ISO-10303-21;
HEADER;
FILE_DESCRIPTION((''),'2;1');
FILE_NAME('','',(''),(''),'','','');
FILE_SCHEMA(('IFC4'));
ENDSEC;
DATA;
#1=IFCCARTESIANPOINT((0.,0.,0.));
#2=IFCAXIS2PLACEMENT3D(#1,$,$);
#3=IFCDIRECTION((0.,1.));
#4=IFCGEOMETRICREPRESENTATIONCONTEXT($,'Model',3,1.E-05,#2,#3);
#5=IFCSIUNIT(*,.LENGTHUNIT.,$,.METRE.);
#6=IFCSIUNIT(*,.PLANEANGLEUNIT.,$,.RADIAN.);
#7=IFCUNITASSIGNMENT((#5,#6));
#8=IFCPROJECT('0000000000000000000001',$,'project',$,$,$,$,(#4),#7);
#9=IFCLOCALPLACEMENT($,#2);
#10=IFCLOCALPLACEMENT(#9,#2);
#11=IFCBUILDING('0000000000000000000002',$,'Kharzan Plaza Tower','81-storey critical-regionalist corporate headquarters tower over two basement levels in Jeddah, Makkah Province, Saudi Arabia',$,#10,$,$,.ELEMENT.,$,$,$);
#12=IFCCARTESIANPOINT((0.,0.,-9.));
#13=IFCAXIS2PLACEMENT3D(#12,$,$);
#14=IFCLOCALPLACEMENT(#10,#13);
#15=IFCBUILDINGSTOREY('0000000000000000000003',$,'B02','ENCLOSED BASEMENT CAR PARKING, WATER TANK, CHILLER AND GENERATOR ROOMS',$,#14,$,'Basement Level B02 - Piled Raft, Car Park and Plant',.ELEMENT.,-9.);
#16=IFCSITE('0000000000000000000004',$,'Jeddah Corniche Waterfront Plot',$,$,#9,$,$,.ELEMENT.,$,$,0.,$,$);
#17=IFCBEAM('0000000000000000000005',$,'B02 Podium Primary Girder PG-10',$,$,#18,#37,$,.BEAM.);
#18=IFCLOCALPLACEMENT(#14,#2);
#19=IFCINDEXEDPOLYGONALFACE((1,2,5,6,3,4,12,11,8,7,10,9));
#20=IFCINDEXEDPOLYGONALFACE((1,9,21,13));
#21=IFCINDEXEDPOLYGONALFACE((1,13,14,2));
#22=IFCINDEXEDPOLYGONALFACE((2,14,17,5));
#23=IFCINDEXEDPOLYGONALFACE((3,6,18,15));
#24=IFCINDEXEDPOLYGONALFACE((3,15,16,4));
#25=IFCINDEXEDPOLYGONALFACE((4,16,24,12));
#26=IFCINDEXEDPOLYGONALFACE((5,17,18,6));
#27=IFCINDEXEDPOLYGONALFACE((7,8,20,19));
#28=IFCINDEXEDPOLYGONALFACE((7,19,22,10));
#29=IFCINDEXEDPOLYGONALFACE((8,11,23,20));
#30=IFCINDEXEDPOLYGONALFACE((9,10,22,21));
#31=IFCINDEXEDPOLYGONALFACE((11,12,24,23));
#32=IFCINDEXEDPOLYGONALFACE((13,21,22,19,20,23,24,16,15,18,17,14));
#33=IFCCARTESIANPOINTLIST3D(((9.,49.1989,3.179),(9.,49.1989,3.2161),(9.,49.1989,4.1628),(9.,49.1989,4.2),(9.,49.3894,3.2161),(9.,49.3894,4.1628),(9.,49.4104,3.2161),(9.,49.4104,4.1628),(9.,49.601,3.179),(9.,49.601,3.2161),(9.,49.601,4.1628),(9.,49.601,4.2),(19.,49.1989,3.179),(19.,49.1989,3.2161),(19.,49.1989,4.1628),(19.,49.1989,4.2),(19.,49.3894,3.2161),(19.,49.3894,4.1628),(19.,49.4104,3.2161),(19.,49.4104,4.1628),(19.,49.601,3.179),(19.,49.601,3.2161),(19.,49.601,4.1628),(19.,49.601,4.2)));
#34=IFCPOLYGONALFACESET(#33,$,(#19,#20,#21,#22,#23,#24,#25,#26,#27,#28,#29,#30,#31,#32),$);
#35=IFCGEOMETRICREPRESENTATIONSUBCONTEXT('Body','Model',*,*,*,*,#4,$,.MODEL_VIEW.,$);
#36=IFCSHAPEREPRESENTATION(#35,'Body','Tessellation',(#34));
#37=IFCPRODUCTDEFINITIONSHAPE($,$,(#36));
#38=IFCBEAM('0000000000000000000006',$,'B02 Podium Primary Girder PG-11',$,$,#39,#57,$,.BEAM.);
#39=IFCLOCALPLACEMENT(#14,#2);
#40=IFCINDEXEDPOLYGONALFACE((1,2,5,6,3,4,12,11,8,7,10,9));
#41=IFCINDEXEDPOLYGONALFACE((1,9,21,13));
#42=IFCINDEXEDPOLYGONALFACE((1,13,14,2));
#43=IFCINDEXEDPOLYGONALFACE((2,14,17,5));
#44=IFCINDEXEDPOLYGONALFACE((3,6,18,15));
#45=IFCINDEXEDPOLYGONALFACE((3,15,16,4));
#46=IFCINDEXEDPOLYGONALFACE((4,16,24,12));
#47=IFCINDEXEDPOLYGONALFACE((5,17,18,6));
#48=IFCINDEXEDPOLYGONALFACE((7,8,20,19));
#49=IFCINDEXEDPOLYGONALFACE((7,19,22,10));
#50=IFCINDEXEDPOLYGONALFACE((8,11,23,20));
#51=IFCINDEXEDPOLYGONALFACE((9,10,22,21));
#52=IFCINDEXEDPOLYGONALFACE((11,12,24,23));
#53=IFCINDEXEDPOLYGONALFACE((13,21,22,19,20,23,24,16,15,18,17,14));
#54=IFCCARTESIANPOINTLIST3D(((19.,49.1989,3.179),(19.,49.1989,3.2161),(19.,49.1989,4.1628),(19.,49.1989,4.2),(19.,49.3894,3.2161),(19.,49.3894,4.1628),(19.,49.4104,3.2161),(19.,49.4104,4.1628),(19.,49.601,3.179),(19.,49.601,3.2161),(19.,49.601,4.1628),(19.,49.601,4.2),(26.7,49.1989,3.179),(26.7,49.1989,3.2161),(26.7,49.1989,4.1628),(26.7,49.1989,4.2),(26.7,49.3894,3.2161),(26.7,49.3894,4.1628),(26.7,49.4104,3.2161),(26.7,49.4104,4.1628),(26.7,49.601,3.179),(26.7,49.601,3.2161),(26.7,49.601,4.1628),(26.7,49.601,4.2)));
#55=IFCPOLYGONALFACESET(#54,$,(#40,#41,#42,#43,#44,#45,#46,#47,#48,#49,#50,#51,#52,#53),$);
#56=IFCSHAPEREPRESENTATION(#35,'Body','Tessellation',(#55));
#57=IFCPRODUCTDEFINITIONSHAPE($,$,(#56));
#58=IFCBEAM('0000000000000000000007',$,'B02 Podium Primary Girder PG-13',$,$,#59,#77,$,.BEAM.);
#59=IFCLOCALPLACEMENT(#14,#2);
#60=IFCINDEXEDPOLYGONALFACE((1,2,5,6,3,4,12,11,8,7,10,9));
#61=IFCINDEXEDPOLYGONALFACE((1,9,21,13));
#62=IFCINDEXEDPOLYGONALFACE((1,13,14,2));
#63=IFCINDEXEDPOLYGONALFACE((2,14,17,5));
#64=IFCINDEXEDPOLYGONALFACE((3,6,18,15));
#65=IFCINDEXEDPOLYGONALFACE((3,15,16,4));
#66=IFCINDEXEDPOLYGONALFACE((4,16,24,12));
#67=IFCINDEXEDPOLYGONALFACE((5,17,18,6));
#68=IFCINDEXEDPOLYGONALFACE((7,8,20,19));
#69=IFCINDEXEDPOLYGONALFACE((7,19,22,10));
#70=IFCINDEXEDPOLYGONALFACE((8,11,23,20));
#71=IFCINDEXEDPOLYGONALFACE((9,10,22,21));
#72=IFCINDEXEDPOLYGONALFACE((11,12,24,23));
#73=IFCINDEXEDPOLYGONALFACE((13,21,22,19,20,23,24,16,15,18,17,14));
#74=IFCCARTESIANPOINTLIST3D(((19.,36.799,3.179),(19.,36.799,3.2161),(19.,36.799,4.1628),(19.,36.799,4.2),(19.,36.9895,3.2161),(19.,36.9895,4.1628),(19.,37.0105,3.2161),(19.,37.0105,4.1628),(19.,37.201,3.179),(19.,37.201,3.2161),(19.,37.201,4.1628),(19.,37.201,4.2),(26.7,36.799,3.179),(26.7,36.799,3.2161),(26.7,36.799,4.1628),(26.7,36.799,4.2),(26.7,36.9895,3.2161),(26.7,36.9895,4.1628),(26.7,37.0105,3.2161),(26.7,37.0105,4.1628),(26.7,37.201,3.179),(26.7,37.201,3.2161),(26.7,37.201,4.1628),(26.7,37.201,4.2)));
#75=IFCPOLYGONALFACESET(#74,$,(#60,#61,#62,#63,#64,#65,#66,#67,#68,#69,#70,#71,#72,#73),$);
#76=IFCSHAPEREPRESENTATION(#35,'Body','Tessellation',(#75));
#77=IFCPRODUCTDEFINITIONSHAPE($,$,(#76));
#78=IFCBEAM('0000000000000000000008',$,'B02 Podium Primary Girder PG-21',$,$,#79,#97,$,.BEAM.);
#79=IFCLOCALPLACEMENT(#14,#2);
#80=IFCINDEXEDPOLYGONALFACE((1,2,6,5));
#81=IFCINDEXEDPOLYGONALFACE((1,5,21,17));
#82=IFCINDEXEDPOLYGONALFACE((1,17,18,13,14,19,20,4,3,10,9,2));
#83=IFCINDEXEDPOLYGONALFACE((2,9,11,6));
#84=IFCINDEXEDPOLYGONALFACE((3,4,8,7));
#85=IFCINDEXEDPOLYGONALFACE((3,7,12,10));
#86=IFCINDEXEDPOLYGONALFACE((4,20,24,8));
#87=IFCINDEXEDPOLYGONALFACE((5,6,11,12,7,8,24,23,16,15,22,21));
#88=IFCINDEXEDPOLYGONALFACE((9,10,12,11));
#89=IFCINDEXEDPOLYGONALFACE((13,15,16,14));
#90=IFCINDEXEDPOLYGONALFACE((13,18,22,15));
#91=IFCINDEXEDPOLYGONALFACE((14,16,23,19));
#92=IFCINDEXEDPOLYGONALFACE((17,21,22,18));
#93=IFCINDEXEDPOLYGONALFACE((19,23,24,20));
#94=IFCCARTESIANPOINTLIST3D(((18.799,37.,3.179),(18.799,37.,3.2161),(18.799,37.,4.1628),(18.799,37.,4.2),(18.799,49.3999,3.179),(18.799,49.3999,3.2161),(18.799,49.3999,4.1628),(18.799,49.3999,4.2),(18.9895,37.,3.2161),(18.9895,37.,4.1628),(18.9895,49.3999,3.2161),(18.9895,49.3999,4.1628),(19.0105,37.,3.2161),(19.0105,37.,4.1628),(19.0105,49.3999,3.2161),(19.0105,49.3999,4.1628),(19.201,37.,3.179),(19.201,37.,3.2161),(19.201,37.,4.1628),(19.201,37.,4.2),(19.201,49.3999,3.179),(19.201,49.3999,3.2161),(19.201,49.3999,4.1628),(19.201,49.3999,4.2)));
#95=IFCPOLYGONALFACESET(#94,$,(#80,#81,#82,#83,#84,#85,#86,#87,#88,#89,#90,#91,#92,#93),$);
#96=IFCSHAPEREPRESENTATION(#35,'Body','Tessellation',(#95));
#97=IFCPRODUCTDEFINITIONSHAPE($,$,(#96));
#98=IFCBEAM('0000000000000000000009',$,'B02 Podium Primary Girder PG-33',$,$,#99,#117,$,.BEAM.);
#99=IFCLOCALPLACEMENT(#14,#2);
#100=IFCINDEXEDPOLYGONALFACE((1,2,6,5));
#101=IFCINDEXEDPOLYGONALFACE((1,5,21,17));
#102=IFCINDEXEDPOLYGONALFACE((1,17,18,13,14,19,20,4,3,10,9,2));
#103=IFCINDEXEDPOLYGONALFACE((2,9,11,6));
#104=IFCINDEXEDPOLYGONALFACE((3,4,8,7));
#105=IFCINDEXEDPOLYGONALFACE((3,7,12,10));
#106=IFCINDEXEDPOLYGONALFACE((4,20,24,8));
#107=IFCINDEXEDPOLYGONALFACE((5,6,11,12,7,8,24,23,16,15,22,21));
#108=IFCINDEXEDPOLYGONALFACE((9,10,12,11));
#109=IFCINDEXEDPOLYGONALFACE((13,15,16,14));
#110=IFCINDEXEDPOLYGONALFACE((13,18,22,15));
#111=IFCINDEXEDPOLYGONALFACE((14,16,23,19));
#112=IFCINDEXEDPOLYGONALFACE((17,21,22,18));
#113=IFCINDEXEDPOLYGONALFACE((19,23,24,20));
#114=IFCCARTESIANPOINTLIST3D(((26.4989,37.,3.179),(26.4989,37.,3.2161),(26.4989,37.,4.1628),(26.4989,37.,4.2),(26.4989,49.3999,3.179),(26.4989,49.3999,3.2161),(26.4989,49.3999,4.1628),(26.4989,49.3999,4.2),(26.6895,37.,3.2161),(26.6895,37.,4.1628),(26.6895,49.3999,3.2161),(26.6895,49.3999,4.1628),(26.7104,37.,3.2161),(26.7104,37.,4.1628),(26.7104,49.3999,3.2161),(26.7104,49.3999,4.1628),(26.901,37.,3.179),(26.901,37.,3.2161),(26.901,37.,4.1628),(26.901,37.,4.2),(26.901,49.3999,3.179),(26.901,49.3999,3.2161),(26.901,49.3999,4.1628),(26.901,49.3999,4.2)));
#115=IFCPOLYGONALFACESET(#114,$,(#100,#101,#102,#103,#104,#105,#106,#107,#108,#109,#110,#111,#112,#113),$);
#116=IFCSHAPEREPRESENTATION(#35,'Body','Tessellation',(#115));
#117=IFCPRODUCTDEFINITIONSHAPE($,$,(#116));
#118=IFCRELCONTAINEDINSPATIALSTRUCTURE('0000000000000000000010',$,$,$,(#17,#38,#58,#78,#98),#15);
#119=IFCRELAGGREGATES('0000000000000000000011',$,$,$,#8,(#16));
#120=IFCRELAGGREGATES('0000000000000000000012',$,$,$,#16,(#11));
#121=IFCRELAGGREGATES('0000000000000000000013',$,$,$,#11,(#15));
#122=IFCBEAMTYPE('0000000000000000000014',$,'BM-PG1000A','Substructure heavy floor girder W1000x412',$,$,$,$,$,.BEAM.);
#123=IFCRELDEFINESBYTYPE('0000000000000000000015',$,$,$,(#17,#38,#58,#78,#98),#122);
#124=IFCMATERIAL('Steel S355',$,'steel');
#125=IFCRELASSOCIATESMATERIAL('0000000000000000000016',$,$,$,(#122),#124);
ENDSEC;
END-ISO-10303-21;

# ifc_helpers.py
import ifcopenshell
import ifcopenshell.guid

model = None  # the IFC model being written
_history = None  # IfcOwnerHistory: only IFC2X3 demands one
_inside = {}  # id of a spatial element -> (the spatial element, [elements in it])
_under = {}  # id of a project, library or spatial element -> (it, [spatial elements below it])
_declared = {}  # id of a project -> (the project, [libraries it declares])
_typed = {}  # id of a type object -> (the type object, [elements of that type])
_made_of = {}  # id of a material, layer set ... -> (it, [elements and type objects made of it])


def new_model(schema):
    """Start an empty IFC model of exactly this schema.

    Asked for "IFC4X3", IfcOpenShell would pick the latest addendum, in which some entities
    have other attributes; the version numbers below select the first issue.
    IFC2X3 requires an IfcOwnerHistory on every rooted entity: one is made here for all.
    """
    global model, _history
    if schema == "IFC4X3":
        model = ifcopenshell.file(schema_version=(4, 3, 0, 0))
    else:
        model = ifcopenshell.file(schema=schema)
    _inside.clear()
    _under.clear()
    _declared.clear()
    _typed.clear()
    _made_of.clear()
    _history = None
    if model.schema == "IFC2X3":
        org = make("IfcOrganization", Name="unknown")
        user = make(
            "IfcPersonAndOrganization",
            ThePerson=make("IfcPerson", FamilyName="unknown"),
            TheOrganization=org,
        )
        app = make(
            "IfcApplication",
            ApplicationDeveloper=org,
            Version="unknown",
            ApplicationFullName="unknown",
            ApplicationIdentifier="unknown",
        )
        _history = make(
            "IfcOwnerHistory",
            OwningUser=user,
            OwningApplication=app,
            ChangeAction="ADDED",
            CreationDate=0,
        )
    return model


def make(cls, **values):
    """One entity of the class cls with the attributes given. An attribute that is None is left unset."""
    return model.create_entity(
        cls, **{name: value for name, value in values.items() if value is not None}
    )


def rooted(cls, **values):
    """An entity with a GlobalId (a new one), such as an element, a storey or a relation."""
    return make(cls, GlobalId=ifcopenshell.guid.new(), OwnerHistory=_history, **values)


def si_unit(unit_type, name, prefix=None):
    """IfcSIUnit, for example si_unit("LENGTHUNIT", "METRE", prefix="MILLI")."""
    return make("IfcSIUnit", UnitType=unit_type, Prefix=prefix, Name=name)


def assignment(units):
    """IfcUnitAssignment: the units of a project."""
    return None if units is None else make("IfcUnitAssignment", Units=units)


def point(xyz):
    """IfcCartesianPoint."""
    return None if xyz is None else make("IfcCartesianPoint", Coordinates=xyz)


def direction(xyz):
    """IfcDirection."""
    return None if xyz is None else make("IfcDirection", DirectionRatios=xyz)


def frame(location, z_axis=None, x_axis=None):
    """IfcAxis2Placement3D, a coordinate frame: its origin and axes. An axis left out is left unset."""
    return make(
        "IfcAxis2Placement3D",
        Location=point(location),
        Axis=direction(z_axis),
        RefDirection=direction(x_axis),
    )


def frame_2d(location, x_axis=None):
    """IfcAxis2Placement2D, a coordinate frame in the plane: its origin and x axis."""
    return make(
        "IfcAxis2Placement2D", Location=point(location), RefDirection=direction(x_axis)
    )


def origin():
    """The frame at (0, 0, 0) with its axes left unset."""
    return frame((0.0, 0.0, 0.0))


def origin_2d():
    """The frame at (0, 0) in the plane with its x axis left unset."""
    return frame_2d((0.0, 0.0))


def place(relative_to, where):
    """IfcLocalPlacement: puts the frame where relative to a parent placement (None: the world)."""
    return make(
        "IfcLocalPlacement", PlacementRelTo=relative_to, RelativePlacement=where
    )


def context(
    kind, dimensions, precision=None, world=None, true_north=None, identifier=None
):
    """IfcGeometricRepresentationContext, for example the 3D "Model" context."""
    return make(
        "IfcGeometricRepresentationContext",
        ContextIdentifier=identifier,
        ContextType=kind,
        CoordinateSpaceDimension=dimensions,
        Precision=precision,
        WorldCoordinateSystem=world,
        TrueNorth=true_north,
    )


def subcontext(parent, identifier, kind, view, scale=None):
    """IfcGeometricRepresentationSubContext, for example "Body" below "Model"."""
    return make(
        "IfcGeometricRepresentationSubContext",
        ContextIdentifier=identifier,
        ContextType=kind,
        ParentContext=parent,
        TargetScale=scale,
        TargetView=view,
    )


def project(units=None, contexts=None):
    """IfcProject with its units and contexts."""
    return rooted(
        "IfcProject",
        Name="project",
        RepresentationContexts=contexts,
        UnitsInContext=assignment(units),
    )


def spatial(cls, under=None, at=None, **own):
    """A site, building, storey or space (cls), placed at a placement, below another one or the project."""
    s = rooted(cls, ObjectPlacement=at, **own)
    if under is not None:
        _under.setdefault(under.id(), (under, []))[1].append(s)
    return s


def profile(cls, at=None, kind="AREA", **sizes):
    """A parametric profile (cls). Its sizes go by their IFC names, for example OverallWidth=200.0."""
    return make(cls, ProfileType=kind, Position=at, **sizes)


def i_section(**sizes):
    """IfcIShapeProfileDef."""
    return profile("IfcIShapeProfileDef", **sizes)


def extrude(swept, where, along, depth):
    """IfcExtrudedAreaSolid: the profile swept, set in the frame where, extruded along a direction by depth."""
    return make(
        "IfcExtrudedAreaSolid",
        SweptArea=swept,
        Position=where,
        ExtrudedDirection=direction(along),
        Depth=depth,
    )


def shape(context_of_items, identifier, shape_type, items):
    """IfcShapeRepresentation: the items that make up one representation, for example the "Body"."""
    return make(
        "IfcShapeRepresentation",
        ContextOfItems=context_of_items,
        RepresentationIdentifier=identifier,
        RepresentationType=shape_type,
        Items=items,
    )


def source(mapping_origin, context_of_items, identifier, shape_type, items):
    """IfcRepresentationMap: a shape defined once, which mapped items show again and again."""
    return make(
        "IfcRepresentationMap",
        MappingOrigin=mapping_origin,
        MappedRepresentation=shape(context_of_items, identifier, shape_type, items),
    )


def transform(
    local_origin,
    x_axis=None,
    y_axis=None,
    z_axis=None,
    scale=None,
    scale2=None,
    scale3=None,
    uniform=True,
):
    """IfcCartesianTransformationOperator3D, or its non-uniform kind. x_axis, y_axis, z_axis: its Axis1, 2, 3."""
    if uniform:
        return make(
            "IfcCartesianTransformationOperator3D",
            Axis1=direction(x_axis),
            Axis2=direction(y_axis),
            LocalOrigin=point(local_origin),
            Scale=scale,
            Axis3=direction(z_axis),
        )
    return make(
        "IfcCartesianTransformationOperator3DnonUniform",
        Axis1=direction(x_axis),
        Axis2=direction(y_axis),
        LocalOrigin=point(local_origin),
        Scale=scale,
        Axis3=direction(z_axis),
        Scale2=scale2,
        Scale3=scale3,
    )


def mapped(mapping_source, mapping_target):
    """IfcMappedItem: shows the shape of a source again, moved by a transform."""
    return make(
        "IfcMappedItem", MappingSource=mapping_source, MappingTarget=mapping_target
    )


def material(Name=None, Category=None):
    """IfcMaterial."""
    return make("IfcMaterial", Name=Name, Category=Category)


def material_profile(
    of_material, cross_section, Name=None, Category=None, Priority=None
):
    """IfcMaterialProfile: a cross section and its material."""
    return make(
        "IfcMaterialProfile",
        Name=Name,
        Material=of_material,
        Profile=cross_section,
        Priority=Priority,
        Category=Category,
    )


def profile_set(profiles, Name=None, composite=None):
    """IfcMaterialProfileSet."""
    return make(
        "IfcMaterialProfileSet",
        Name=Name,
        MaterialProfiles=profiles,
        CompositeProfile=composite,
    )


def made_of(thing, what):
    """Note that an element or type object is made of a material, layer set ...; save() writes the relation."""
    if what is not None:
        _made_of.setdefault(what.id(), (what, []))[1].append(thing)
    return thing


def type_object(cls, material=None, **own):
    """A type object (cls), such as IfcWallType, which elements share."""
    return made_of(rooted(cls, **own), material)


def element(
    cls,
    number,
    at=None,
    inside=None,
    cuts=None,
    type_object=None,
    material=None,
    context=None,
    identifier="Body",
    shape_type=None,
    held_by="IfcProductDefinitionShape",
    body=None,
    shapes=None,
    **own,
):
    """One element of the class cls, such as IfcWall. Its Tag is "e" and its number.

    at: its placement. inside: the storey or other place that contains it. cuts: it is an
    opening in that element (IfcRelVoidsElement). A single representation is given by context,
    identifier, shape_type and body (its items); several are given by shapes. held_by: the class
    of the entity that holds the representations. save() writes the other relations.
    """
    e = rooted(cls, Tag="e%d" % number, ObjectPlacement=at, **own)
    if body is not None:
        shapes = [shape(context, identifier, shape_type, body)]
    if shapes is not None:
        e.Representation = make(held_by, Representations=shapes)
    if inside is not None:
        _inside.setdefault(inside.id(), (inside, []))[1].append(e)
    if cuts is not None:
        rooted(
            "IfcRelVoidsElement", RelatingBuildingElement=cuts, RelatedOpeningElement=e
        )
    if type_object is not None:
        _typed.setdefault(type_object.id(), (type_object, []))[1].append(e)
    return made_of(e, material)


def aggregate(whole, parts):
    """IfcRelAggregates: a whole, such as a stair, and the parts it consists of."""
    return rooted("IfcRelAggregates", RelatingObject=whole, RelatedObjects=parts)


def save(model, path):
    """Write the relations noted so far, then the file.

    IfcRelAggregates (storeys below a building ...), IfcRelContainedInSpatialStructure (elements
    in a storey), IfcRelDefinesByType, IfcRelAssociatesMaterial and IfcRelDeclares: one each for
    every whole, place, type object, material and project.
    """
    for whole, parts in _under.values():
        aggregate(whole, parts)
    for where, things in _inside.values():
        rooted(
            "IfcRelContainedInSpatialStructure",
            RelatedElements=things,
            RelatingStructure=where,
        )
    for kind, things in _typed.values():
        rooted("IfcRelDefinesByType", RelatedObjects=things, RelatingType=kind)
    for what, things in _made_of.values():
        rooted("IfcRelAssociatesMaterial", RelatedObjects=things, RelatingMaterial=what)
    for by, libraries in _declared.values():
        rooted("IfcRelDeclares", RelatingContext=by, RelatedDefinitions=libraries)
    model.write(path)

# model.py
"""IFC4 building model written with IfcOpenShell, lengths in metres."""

from ifc_helpers import new_model, si_unit, direction, frame, origin, origin_2d, place, context, subcontext, project, spatial, i_section, extrude, source, transform, mapped, material, material_profile, profile_set, type_object, element, save


model = new_model("IFC4")

# Units and contexts
model_context = context("Model", 3, precision=1e-05, world=origin(), true_north=direction((0.0, 1.0)))
body_context = subcontext(model_context, "Body", "Model", "MODEL_VIEW")
ifc_project = project(units=[si_unit("LENGTHUNIT", "METRE"), si_unit("PLANEANGLEUNIT", "RADIAN")], contexts=[model_context])

# Site, building, storey
site_placement = place(None, origin())
site = spatial("IfcSite", under=ifc_project, at=site_placement, Name="Jeddah Corniche Waterfront Plot", CompositionType="ELEMENT", RefElevation=0.0)
building_placement = place(site_placement, origin())
building = spatial("IfcBuilding", under=site, at=building_placement, Name="Kharzan Plaza Tower", Description="81-storey critical-regionalist corporate headquarters tower over two basement levels in Jeddah, Makkah Province, Saudi Arabia", CompositionType="ELEMENT")
storey_placement = place(building_placement, frame((0.0, 0.0, -9.0)))
storey = spatial("IfcBuildingStorey", under=building, at=storey_placement, Name="B02", Description="ENCLOSED BASEMENT CAR PARKING, WATER TANK, CHILLER AND GENERATOR ROOMS", LongName="Basement Level B02 - Piled Raft, Car Park and Plant", CompositionType="ELEMENT", Elevation=-9.0)

# Beams
ifc_material_1 = material(Name="Steel S355", Category="steel")
ifc_material_profile_1 = material_profile(ifc_material_1, i_section(OverallWidth=0.4021, OverallDepth=1.021, WebThickness=0.021, FlangeThickness=0.0371, at=origin_2d()), Name="W1000x412")
ifc_profile_set_1 = profile_set([ifc_material_profile_1], Name="Steel S355")
beam_type = type_object("IfcBeamType", Name="BM-PG1000A", Description="Substructure heavy floor girder W1000x412", PredefinedType="BEAM", material=ifc_profile_set_1)
shared_shape_1 = source(origin(), body_context, "Body", "SweptSolid", [
    extrude(i_section(OverallWidth=0.4021, OverallDepth=1.021, WebThickness=0.021, FlangeThickness=0.0371, at=origin_2d()), origin(), (0.0, 0.0, 1.0), 10.0),
])
beam_placement = place(storey_placement, frame((9.0, 49.3999, 3.6895), z_axis=(1.0, 0.0, 0.0), x_axis=(0.0, 1.0, 0.0)))
element("IfcBeam", 1, at=beam_placement, inside=storey, type_object=beam_type, Name="B02 Podium Primary Girder PG-10", PredefinedType="BEAM", context=body_context, shape_type="MappedRepresentation", body=[
    mapped(shared_shape_1, transform((0.0, 0.0, 0.0), x_axis=(1.0, 0.0, 0.0), y_axis=(0.0, 1.0, 0.0), z_axis=(0.0, 0.0, 1.0))),
])
shared_shape_2 = source(origin(), body_context, "Body", "SweptSolid", [
    extrude(i_section(OverallWidth=0.4021, OverallDepth=1.021, WebThickness=0.021, FlangeThickness=0.0371, at=origin_2d()), origin(), (0.0, 0.0, 1.0), 7.7),
])
for number, where, z_axis, x_axis, name in (
    (2, (19.0, 49.3999, 3.6895), (1.0, 0.0, 0.0), (0.0, 1.0, 0.0), "B02 Podium Primary Girder PG-11"),
    (3, (19.0, 37.0, 3.6895), (1.0, 0.0, 0.0), (0.0, 1.0, 0.0), "B02 Podium Primary Girder PG-13"),
):
    element("IfcBeam", number, at=place(storey_placement, frame(where, z_axis=z_axis, x_axis=x_axis)), inside=storey, type_object=beam_type, Name=name, PredefinedType="BEAM", context=body_context, shape_type="MappedRepresentation", body=[
        mapped(shared_shape_2, transform((0.0, 0.0, 0.0), x_axis=(1.0, 0.0, 0.0), y_axis=(0.0, 1.0, 0.0), z_axis=(0.0, 0.0, 1.0))),
    ])
shared_shape_3 = source(origin(), body_context, "Body", "SweptSolid", [
    extrude(i_section(OverallWidth=0.4021, OverallDepth=1.021, WebThickness=0.021, FlangeThickness=0.0371, at=origin_2d()), origin(), (0.0, 0.0, 1.0), 12.3999),
])
for number, where, z_axis, x_axis, name in (
    (4, (19.0, 37.0, 3.6895), (0.0, 1.0, 0.0), (-1.0, 0.0, 0.0), "B02 Podium Primary Girder PG-21"),
    (5, (26.7, 37.0, 3.6895), (0.0, 1.0, 0.0), (-1.0, 0.0, 0.0), "B02 Podium Primary Girder PG-33"),
):
    element("IfcBeam", number, at=place(storey_placement, frame(where, z_axis=z_axis, x_axis=x_axis)), inside=storey, type_object=beam_type, Name=name, PredefinedType="BEAM", context=body_context, shape_type="MappedRepresentation", body=[
        mapped(shared_shape_3, transform((0.0, 0.0, 0.0), x_axis=(1.0, 0.0, 0.0), y_axis=(0.0, 1.0, 0.0), z_axis=(0.0, 0.0, 1.0))),
    ])

save(model, "model.ifc")
